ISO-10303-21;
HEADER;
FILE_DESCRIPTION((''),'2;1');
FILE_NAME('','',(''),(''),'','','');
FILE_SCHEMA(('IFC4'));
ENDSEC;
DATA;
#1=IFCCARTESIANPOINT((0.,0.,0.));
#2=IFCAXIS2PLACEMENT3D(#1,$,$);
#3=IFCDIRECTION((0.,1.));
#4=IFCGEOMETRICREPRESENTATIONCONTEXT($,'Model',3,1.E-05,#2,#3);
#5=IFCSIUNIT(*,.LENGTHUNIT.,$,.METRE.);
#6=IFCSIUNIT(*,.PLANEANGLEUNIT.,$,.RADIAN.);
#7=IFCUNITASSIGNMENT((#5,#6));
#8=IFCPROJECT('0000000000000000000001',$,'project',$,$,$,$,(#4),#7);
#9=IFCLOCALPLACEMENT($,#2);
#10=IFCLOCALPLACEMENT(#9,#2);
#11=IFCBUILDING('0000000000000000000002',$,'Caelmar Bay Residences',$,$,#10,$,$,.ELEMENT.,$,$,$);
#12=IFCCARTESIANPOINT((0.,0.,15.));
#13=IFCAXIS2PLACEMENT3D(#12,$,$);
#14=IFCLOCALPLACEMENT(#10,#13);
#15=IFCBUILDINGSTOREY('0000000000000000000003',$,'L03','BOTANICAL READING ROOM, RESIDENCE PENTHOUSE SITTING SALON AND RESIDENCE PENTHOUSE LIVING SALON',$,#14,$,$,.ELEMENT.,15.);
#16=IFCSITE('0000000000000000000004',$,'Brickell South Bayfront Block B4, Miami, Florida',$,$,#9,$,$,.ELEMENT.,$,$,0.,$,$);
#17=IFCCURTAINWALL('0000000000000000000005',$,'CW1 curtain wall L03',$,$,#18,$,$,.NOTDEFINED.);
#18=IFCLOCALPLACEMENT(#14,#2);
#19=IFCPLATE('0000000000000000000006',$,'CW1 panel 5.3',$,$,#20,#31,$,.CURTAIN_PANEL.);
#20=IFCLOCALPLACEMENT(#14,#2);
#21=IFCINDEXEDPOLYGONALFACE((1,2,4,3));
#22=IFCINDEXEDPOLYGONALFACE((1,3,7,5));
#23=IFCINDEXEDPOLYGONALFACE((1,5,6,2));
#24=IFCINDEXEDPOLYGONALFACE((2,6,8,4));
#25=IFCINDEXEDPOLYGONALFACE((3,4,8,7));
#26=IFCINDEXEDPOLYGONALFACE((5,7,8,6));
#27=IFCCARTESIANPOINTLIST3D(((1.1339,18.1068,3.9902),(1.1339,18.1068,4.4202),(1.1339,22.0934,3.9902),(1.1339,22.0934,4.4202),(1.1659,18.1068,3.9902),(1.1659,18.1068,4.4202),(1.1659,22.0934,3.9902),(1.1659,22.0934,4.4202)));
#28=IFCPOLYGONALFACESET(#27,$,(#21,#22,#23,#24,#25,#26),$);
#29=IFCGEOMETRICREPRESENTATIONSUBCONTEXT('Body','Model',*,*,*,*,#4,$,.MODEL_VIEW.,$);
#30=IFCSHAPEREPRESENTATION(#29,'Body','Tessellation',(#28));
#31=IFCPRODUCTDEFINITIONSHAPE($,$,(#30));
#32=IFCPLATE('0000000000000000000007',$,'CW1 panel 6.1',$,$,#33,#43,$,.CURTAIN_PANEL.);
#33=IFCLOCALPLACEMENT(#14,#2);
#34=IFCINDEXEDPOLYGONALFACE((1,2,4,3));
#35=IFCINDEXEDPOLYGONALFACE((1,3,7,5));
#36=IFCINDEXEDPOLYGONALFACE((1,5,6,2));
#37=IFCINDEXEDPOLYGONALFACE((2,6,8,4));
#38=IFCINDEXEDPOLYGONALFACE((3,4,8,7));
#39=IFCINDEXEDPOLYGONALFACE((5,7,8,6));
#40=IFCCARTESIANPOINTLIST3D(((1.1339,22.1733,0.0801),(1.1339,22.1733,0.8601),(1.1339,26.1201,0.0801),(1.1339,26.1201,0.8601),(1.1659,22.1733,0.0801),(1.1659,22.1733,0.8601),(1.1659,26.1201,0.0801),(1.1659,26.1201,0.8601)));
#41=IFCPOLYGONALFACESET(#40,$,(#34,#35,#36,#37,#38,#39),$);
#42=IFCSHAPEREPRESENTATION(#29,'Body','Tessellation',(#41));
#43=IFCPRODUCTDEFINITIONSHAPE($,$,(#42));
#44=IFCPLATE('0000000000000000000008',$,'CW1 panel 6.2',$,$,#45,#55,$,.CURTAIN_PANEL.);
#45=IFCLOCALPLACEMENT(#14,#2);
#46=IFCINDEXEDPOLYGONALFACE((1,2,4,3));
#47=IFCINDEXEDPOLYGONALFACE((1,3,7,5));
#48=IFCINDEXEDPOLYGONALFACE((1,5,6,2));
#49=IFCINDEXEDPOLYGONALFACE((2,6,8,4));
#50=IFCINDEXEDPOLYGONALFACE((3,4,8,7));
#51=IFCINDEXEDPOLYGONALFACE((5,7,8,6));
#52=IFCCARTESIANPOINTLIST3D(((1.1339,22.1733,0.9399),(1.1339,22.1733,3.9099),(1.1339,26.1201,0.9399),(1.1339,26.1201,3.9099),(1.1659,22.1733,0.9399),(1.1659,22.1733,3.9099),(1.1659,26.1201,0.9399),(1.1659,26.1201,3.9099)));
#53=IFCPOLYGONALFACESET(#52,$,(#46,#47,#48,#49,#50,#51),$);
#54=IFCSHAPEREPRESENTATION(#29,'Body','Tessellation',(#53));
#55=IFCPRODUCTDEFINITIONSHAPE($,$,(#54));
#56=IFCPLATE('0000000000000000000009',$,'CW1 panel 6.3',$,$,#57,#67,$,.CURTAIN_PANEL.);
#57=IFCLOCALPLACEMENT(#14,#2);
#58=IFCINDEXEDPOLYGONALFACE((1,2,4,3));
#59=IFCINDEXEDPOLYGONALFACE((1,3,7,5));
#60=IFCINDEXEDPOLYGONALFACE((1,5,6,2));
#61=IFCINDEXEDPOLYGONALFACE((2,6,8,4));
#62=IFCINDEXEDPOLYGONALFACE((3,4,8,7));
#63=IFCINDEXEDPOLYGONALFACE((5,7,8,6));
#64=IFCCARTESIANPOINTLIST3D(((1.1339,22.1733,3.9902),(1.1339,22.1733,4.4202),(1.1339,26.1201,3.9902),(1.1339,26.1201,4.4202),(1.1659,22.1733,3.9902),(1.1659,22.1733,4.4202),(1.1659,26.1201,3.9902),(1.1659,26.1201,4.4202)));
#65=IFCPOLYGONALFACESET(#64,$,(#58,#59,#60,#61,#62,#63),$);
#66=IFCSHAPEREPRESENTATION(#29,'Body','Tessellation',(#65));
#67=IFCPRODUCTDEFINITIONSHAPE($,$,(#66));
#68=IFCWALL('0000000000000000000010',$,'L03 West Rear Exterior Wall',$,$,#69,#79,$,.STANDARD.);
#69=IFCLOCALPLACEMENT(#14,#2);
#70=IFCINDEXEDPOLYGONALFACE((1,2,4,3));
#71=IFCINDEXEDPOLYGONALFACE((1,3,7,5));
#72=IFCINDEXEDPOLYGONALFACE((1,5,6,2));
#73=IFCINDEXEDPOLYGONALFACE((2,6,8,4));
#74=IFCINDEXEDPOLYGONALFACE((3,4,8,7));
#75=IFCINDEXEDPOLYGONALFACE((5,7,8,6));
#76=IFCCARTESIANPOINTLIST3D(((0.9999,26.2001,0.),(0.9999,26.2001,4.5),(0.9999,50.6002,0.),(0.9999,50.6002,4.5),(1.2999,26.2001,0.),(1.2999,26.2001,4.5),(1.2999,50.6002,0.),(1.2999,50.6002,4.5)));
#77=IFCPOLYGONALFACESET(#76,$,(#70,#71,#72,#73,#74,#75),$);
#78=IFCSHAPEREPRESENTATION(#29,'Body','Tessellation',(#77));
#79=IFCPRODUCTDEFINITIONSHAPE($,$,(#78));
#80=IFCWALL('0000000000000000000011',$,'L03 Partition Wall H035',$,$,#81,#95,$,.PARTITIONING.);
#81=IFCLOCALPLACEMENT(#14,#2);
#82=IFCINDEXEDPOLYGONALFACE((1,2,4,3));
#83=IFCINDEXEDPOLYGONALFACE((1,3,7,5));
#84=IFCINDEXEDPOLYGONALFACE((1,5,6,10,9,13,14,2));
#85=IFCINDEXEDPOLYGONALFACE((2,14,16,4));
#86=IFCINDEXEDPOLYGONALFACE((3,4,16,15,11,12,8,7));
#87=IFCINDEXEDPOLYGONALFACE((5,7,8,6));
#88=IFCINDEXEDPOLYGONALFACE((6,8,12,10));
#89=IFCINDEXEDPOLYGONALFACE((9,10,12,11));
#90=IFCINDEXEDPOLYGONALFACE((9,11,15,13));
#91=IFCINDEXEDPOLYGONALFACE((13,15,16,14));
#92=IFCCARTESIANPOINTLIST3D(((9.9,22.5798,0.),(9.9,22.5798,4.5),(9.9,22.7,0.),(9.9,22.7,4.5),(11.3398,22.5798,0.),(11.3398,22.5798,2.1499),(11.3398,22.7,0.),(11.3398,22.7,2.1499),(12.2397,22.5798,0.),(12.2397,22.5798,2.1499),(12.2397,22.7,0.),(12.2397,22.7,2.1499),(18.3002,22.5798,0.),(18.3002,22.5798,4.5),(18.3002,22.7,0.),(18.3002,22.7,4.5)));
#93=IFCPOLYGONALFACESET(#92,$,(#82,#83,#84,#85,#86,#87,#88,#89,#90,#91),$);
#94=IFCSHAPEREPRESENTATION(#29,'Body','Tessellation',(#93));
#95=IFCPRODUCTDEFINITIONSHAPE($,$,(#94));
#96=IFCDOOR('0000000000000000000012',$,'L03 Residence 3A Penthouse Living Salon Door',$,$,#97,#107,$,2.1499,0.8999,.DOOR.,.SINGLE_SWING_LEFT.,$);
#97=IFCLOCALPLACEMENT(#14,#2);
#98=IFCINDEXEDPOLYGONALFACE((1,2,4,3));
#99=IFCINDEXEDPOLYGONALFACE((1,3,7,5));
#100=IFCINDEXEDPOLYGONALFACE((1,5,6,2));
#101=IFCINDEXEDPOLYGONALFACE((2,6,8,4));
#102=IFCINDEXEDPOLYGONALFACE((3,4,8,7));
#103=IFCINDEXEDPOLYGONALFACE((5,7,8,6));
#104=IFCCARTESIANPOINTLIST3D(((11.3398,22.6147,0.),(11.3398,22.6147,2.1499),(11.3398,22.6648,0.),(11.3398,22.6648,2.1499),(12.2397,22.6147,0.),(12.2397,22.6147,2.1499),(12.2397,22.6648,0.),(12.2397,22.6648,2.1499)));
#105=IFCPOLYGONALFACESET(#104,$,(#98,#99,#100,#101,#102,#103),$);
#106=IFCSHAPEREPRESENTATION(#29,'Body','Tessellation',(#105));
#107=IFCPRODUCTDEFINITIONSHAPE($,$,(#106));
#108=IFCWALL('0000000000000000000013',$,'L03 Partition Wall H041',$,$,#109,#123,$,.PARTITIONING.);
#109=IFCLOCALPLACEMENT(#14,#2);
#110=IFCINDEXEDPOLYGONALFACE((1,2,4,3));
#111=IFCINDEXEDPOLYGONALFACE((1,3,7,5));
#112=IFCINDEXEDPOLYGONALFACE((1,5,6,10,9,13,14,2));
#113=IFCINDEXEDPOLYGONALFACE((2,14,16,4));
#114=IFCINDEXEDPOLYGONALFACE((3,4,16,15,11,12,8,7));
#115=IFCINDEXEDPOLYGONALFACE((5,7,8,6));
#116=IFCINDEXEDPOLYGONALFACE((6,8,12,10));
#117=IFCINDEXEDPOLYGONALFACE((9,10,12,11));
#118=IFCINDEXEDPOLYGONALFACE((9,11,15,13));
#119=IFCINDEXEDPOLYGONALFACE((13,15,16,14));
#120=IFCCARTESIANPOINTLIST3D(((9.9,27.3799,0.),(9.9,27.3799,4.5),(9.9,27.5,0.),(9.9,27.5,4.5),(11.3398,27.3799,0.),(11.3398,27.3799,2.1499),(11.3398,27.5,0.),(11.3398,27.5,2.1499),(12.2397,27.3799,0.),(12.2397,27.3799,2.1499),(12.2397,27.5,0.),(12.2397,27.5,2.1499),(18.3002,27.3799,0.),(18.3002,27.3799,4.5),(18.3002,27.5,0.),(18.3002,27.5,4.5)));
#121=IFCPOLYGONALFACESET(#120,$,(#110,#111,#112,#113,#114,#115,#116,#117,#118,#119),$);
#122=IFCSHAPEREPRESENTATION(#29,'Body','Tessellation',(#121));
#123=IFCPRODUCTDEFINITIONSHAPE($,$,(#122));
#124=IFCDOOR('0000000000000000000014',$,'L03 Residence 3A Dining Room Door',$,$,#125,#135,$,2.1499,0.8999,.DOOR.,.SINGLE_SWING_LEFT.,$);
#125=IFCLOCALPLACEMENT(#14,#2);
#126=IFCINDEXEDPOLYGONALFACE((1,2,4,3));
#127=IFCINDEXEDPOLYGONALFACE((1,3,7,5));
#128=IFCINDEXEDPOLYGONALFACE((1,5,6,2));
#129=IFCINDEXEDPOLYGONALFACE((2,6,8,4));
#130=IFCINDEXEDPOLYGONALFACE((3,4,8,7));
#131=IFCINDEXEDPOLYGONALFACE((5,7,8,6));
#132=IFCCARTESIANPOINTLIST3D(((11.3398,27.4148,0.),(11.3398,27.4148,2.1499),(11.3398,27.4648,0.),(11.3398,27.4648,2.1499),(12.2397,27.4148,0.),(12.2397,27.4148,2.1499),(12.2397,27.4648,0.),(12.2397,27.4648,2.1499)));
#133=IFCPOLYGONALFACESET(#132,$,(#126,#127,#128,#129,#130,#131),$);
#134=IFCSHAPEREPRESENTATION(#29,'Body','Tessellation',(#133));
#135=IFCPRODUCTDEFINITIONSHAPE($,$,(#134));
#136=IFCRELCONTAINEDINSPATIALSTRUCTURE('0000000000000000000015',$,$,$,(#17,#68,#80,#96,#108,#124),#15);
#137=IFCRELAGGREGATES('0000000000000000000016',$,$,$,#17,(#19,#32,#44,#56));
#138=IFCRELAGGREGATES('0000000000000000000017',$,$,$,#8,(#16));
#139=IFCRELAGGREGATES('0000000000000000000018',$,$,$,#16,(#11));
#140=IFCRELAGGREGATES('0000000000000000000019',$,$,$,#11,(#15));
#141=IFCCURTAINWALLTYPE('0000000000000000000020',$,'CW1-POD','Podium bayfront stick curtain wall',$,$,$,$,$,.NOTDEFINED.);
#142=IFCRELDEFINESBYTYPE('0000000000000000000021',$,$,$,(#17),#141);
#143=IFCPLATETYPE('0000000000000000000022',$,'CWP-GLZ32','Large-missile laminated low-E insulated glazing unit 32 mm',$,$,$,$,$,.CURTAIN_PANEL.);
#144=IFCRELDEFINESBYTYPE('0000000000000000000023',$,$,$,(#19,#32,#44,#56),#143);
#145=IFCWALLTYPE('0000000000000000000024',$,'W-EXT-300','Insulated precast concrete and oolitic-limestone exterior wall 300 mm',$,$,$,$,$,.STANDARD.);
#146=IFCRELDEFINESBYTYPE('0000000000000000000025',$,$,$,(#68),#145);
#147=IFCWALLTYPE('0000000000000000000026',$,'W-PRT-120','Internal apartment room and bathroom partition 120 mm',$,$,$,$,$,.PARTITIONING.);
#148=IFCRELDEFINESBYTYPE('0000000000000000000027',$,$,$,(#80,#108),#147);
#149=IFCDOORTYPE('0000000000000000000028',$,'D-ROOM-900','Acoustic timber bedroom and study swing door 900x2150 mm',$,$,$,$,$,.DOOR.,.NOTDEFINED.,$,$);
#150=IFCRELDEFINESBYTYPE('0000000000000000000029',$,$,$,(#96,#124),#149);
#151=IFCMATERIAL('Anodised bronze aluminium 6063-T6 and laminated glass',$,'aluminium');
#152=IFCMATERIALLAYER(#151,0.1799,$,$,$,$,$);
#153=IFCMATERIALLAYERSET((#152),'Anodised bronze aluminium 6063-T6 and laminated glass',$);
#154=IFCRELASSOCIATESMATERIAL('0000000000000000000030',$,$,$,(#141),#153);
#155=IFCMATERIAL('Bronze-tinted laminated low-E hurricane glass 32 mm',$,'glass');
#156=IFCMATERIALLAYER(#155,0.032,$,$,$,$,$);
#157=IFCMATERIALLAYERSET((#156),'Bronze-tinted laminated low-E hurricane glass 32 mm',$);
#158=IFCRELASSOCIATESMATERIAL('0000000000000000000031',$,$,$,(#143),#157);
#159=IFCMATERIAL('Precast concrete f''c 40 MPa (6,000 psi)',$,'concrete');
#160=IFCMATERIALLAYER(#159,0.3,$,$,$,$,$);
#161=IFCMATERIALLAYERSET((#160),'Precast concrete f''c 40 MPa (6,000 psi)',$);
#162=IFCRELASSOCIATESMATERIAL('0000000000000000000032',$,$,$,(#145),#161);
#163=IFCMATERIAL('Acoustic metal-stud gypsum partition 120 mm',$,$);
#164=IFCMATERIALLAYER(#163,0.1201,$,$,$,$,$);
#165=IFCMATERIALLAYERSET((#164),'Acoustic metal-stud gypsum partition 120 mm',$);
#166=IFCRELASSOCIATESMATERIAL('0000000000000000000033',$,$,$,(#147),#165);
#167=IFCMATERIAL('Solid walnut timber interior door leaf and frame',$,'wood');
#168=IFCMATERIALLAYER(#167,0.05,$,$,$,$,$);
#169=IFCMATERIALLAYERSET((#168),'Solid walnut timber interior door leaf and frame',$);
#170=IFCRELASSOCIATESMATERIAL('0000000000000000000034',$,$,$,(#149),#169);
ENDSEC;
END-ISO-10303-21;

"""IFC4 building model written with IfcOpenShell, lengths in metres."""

from ifc_helpers import new_model, si_unit, direction, frame, frame_2d, origin, origin_2d, place, context, subcontext, project, spatial, rectangle, extrude, material, layer, layer_set, type_object, element, fill, aggregate, save


model = new_model("IFC4")

# Units and contexts
model_context = context("Model", 3, precision=1e-05, world=origin(), true_north=direction((0.0, 1.0)))
body_context = subcontext(model_context, "Body", "Model", "MODEL_VIEW")
ifc_project = project(units=[si_unit("LENGTHUNIT", "METRE"), si_unit("PLANEANGLEUNIT", "RADIAN")], contexts=[model_context])

# Site, building, storey
site_placement = place(None, origin())
site = spatial("IfcSite", under=ifc_project, at=site_placement, Name="Brickell South Bayfront Block B4, Miami, Florida", CompositionType="ELEMENT", RefElevation=0.0)
building_placement = place(site_placement, origin())
building = spatial("IfcBuilding", under=site, at=building_placement, Name="Caelmar Bay Residences", CompositionType="ELEMENT")
storey_placement = place(building_placement, frame((0.0, 0.0, 15.0)))
storey = spatial("IfcBuildingStorey", under=building, at=storey_placement, Name="L03", Description="BOTANICAL READING ROOM, RESIDENCE PENTHOUSE SITTING SALON AND RESIDENCE PENTHOUSE LIVING SALON", CompositionType="ELEMENT", Elevation=15.0)

# Curtain wall, plates
ifc_material_1 = material(Name="Anodised bronze aluminium 6063-T6 and laminated glass", Category="aluminium")
ifc_layer_1 = layer(ifc_material_1, 0.1799)
ifc_layer_set_1 = layer_set([ifc_layer_1], Name="Anodised bronze aluminium 6063-T6 and laminated glass")
curtain_wall_type = type_object("IfcCurtainWallType", Name="CW1-POD", Description="Podium bayfront stick curtain wall", PredefinedType="NOTDEFINED", material=ifc_layer_set_1)
curtain_wall_placement = place(storey_placement, origin())
curtain_wall = element("IfcCurtainWall", 1, at=curtain_wall_placement, inside=storey, type_object=curtain_wall_type, Name="CW1 curtain wall L03", PredefinedType="NOTDEFINED")
ifc_material_2 = material(Name="Bronze-tinted laminated low-E hurricane glass 32 mm", Category="glass")
ifc_layer_2 = layer(ifc_material_2, 0.032)
ifc_layer_set_2 = layer_set([ifc_layer_2], Name="Bronze-tinted laminated low-E hurricane glass 32 mm")
plate_type = type_object("IfcPlateType", Name="CWP-GLZ32", Description="Large-missile laminated low-E insulated glazing unit 32 mm", PredefinedType="CURTAIN_PANEL", material=ifc_layer_set_2)
plate_1_placement = place(storey_placement, frame((1.1499, 20.1001, 3.9902), z_axis=(0.0, 0.0, 1.0), x_axis=(0.0, 1.0, 0.0)))
plate_1 = element("IfcPlate", 2, at=plate_1_placement, type_object=plate_type, Name="CW1 panel 5.3", PredefinedType="CURTAIN_PANEL", context=body_context, shape_type="SweptSolid", body=[
    extrude(rectangle(XDim=3.9866, YDim=0.032, at=origin_2d()), origin(), (0.0, 0.0, 1.0), 0.4299),
])
plate_2_placement = place(storey_placement, frame((1.1499, 24.1467, 0.0801), z_axis=(0.0, 0.0, 1.0), x_axis=(0.0, 1.0, 0.0)))
plate_2 = element("IfcPlate", 3, at=plate_2_placement, type_object=plate_type, Name="CW1 panel 6.1", PredefinedType="CURTAIN_PANEL", context=body_context, shape_type="SweptSolid", body=[
    extrude(rectangle(XDim=3.9468, YDim=0.032, at=origin_2d()), origin(), (0.0, 0.0, 1.0), 0.78),
])
plate_3_placement = place(storey_placement, frame((1.1499, 24.1467, 0.9399), z_axis=(0.0, 0.0, 1.0), x_axis=(0.0, 1.0, 0.0)))
plate_3 = element("IfcPlate", 4, at=plate_3_placement, type_object=plate_type, Name="CW1 panel 6.2", PredefinedType="CURTAIN_PANEL", context=body_context, shape_type="SweptSolid", body=[
    extrude(rectangle(XDim=3.9468, YDim=0.032, at=origin_2d()), origin(), (0.0, 0.0, 1.0), 2.97),
])
plate_4_placement = place(storey_placement, frame((1.1499, 24.1467, 3.9902), z_axis=(0.0, 0.0, 1.0), x_axis=(0.0, 1.0, 0.0)))
plate_4 = element("IfcPlate", 5, at=plate_4_placement, type_object=plate_type, Name="CW1 panel 6.3", PredefinedType="CURTAIN_PANEL", context=body_context, shape_type="SweptSolid", body=[
    extrude(rectangle(XDim=3.9468, YDim=0.032, at=origin_2d()), origin(), (0.0, 0.0, 1.0), 0.4299),
])
aggregate(curtain_wall, [plate_1, plate_2, plate_3, plate_4])

# Wall
ifc_material_3 = material(Name="Precast concrete f'c 40 MPa (6,000 psi)", Category="concrete")
ifc_layer_3 = layer(ifc_material_3, 0.3)
ifc_layer_set_3 = layer_set([ifc_layer_3], Name="Precast concrete f'c 40 MPa (6,000 psi)")
wall_type_1 = type_object("IfcWallType", Name="W-EXT-300", Description="Insulated precast concrete and oolitic-limestone exterior wall 300 mm", PredefinedType="STANDARD", material=ifc_layer_set_3)
wall_1_placement = place(storey_placement, frame((1.1499, 26.2, 0.0), z_axis=(0.0, 0.0, 1.0), x_axis=(0.0, 1.0, 0.0)))
element("IfcWall", 6, at=wall_1_placement, inside=storey, type_object=wall_type_1, Name="L03 West Rear Exterior Wall", PredefinedType="STANDARD", context=body_context, shape_type="SweptSolid", body=[
    extrude(rectangle(XDim=24.4001, YDim=0.3, at=frame_2d((12.2002, 0.0))), origin(), (0.0, 0.0, 1.0), 4.5),
])

# Walls, openings, doors
ifc_material_4 = material(Name="Acoustic metal-stud gypsum partition 120 mm")
ifc_layer_4 = layer(ifc_material_4, 0.1201)
ifc_layer_set_4 = layer_set([ifc_layer_4], Name="Acoustic metal-stud gypsum partition 120 mm")
wall_type_2 = type_object("IfcWallType", Name="W-PRT-120", Description="Internal apartment room and bathroom partition 120 mm", PredefinedType="PARTITIONING", material=ifc_layer_set_4)
wall_2_placement = place(storey_placement, frame((9.8999, 22.6399, 0.0), z_axis=(0.0, 0.0, 1.0), x_axis=(1.0, 0.0, 0.0)))
wall_2 = element("IfcWall", 7, at=wall_2_placement, inside=storey, type_object=wall_type_2, Name="L03 Partition Wall H035", PredefinedType="PARTITIONING", context=body_context, shape_type="SweptSolid", body=[
    extrude(rectangle(XDim=8.4001, YDim=0.1201, at=frame_2d((4.2002, 0.0))), origin(), (0.0, 0.0, 1.0), 4.5),
])
opening_1_placement = place(wall_2_placement, frame((1.4399, 0.0, 0.0)))
opening_1 = element("IfcOpeningElement", 8, at=opening_1_placement, cuts=wall_2, PredefinedType="OPENING", context=body_context, shape_type="SweptSolid", body=[
    extrude(rectangle(XDim=0.8999, YDim=2.1499, at=frame_2d((0.45, 1.075))), frame((0.0, 0.0701, 0.0), z_axis=(0.0, -1.0, 0.0), x_axis=(1.0, 0.0, 0.0)), (0.0, 0.0, 1.0), 0.1401),
])
ifc_material_5 = material(Name="Solid walnut timber interior door leaf and frame", Category="wood")
ifc_layer_5 = layer(ifc_material_5, 0.05)
ifc_layer_set_5 = layer_set([ifc_layer_5], Name="Solid walnut timber interior door leaf and frame")
door_type = type_object("IfcDoorType", Name="D-ROOM-900", Description="Acoustic timber bedroom and study swing door 900x2150 mm", OperationType="NOTDEFINED", PredefinedType="DOOR", material=ifc_layer_set_5)
door_1_placement = place(opening_1_placement, origin())
door_1 = element("IfcDoor", 9, at=door_1_placement, inside=storey, type_object=door_type, Name="L03 Residence 3A Penthouse Living Salon Door", OperationType="SINGLE_SWING_LEFT", OverallHeight=2.1499, OverallWidth=0.8999, PredefinedType="DOOR", context=body_context, shape_type="SweptSolid", body=[
    extrude(rectangle(XDim=0.8999, YDim=2.1499, at=frame_2d((0.45, 1.075))), frame((0.0, 0.0249, 0.0), z_axis=(0.0, -1.0, 0.0), x_axis=(1.0, 0.0, 0.0)), (0.0, 0.0, 1.0), 0.05),
])
fill(opening_1, door_1)
wall_3_placement = place(storey_placement, frame((9.8999, 27.4399, 0.0), z_axis=(0.0, 0.0, 1.0), x_axis=(1.0, 0.0, 0.0)))
wall_3 = element("IfcWall", 10, at=wall_3_placement, inside=storey, type_object=wall_type_2, Name="L03 Partition Wall H041", PredefinedType="PARTITIONING", context=body_context, shape_type="SweptSolid", body=[
    extrude(rectangle(XDim=8.4001, YDim=0.1201, at=frame_2d((4.2002, 0.0))), origin(), (0.0, 0.0, 1.0), 4.5),
])
opening_2_placement = place(wall_3_placement, frame((1.4399, 0.0, 0.0)))
opening_2 = element("IfcOpeningElement", 11, at=opening_2_placement, cuts=wall_3, PredefinedType="OPENING", context=body_context, shape_type="SweptSolid", body=[
    extrude(rectangle(XDim=0.8999, YDim=2.1499, at=frame_2d((0.45, 1.075))), frame((0.0, 0.0701, 0.0), z_axis=(0.0, -1.0, 0.0), x_axis=(1.0, 0.0, 0.0)), (0.0, 0.0, 1.0), 0.1401),
])
door_2_placement = place(opening_2_placement, origin())
door_2 = element("IfcDoor", 12, at=door_2_placement, inside=storey, type_object=door_type, Name="L03 Residence 3A Dining Room Door", OperationType="SINGLE_SWING_LEFT", OverallHeight=2.1499, OverallWidth=0.8999, PredefinedType="DOOR", context=body_context, shape_type="SweptSolid", body=[
    extrude(rectangle(XDim=0.8999, YDim=2.1499, at=frame_2d((0.45, 1.075))), frame((0.0, 0.0249, 0.0), z_axis=(0.0, -1.0, 0.0), x_axis=(1.0, 0.0, 0.0)), (0.0, 0.0, 1.0), 0.05),
])
fill(opening_2, door_2)

save(model, "model.ifc")
